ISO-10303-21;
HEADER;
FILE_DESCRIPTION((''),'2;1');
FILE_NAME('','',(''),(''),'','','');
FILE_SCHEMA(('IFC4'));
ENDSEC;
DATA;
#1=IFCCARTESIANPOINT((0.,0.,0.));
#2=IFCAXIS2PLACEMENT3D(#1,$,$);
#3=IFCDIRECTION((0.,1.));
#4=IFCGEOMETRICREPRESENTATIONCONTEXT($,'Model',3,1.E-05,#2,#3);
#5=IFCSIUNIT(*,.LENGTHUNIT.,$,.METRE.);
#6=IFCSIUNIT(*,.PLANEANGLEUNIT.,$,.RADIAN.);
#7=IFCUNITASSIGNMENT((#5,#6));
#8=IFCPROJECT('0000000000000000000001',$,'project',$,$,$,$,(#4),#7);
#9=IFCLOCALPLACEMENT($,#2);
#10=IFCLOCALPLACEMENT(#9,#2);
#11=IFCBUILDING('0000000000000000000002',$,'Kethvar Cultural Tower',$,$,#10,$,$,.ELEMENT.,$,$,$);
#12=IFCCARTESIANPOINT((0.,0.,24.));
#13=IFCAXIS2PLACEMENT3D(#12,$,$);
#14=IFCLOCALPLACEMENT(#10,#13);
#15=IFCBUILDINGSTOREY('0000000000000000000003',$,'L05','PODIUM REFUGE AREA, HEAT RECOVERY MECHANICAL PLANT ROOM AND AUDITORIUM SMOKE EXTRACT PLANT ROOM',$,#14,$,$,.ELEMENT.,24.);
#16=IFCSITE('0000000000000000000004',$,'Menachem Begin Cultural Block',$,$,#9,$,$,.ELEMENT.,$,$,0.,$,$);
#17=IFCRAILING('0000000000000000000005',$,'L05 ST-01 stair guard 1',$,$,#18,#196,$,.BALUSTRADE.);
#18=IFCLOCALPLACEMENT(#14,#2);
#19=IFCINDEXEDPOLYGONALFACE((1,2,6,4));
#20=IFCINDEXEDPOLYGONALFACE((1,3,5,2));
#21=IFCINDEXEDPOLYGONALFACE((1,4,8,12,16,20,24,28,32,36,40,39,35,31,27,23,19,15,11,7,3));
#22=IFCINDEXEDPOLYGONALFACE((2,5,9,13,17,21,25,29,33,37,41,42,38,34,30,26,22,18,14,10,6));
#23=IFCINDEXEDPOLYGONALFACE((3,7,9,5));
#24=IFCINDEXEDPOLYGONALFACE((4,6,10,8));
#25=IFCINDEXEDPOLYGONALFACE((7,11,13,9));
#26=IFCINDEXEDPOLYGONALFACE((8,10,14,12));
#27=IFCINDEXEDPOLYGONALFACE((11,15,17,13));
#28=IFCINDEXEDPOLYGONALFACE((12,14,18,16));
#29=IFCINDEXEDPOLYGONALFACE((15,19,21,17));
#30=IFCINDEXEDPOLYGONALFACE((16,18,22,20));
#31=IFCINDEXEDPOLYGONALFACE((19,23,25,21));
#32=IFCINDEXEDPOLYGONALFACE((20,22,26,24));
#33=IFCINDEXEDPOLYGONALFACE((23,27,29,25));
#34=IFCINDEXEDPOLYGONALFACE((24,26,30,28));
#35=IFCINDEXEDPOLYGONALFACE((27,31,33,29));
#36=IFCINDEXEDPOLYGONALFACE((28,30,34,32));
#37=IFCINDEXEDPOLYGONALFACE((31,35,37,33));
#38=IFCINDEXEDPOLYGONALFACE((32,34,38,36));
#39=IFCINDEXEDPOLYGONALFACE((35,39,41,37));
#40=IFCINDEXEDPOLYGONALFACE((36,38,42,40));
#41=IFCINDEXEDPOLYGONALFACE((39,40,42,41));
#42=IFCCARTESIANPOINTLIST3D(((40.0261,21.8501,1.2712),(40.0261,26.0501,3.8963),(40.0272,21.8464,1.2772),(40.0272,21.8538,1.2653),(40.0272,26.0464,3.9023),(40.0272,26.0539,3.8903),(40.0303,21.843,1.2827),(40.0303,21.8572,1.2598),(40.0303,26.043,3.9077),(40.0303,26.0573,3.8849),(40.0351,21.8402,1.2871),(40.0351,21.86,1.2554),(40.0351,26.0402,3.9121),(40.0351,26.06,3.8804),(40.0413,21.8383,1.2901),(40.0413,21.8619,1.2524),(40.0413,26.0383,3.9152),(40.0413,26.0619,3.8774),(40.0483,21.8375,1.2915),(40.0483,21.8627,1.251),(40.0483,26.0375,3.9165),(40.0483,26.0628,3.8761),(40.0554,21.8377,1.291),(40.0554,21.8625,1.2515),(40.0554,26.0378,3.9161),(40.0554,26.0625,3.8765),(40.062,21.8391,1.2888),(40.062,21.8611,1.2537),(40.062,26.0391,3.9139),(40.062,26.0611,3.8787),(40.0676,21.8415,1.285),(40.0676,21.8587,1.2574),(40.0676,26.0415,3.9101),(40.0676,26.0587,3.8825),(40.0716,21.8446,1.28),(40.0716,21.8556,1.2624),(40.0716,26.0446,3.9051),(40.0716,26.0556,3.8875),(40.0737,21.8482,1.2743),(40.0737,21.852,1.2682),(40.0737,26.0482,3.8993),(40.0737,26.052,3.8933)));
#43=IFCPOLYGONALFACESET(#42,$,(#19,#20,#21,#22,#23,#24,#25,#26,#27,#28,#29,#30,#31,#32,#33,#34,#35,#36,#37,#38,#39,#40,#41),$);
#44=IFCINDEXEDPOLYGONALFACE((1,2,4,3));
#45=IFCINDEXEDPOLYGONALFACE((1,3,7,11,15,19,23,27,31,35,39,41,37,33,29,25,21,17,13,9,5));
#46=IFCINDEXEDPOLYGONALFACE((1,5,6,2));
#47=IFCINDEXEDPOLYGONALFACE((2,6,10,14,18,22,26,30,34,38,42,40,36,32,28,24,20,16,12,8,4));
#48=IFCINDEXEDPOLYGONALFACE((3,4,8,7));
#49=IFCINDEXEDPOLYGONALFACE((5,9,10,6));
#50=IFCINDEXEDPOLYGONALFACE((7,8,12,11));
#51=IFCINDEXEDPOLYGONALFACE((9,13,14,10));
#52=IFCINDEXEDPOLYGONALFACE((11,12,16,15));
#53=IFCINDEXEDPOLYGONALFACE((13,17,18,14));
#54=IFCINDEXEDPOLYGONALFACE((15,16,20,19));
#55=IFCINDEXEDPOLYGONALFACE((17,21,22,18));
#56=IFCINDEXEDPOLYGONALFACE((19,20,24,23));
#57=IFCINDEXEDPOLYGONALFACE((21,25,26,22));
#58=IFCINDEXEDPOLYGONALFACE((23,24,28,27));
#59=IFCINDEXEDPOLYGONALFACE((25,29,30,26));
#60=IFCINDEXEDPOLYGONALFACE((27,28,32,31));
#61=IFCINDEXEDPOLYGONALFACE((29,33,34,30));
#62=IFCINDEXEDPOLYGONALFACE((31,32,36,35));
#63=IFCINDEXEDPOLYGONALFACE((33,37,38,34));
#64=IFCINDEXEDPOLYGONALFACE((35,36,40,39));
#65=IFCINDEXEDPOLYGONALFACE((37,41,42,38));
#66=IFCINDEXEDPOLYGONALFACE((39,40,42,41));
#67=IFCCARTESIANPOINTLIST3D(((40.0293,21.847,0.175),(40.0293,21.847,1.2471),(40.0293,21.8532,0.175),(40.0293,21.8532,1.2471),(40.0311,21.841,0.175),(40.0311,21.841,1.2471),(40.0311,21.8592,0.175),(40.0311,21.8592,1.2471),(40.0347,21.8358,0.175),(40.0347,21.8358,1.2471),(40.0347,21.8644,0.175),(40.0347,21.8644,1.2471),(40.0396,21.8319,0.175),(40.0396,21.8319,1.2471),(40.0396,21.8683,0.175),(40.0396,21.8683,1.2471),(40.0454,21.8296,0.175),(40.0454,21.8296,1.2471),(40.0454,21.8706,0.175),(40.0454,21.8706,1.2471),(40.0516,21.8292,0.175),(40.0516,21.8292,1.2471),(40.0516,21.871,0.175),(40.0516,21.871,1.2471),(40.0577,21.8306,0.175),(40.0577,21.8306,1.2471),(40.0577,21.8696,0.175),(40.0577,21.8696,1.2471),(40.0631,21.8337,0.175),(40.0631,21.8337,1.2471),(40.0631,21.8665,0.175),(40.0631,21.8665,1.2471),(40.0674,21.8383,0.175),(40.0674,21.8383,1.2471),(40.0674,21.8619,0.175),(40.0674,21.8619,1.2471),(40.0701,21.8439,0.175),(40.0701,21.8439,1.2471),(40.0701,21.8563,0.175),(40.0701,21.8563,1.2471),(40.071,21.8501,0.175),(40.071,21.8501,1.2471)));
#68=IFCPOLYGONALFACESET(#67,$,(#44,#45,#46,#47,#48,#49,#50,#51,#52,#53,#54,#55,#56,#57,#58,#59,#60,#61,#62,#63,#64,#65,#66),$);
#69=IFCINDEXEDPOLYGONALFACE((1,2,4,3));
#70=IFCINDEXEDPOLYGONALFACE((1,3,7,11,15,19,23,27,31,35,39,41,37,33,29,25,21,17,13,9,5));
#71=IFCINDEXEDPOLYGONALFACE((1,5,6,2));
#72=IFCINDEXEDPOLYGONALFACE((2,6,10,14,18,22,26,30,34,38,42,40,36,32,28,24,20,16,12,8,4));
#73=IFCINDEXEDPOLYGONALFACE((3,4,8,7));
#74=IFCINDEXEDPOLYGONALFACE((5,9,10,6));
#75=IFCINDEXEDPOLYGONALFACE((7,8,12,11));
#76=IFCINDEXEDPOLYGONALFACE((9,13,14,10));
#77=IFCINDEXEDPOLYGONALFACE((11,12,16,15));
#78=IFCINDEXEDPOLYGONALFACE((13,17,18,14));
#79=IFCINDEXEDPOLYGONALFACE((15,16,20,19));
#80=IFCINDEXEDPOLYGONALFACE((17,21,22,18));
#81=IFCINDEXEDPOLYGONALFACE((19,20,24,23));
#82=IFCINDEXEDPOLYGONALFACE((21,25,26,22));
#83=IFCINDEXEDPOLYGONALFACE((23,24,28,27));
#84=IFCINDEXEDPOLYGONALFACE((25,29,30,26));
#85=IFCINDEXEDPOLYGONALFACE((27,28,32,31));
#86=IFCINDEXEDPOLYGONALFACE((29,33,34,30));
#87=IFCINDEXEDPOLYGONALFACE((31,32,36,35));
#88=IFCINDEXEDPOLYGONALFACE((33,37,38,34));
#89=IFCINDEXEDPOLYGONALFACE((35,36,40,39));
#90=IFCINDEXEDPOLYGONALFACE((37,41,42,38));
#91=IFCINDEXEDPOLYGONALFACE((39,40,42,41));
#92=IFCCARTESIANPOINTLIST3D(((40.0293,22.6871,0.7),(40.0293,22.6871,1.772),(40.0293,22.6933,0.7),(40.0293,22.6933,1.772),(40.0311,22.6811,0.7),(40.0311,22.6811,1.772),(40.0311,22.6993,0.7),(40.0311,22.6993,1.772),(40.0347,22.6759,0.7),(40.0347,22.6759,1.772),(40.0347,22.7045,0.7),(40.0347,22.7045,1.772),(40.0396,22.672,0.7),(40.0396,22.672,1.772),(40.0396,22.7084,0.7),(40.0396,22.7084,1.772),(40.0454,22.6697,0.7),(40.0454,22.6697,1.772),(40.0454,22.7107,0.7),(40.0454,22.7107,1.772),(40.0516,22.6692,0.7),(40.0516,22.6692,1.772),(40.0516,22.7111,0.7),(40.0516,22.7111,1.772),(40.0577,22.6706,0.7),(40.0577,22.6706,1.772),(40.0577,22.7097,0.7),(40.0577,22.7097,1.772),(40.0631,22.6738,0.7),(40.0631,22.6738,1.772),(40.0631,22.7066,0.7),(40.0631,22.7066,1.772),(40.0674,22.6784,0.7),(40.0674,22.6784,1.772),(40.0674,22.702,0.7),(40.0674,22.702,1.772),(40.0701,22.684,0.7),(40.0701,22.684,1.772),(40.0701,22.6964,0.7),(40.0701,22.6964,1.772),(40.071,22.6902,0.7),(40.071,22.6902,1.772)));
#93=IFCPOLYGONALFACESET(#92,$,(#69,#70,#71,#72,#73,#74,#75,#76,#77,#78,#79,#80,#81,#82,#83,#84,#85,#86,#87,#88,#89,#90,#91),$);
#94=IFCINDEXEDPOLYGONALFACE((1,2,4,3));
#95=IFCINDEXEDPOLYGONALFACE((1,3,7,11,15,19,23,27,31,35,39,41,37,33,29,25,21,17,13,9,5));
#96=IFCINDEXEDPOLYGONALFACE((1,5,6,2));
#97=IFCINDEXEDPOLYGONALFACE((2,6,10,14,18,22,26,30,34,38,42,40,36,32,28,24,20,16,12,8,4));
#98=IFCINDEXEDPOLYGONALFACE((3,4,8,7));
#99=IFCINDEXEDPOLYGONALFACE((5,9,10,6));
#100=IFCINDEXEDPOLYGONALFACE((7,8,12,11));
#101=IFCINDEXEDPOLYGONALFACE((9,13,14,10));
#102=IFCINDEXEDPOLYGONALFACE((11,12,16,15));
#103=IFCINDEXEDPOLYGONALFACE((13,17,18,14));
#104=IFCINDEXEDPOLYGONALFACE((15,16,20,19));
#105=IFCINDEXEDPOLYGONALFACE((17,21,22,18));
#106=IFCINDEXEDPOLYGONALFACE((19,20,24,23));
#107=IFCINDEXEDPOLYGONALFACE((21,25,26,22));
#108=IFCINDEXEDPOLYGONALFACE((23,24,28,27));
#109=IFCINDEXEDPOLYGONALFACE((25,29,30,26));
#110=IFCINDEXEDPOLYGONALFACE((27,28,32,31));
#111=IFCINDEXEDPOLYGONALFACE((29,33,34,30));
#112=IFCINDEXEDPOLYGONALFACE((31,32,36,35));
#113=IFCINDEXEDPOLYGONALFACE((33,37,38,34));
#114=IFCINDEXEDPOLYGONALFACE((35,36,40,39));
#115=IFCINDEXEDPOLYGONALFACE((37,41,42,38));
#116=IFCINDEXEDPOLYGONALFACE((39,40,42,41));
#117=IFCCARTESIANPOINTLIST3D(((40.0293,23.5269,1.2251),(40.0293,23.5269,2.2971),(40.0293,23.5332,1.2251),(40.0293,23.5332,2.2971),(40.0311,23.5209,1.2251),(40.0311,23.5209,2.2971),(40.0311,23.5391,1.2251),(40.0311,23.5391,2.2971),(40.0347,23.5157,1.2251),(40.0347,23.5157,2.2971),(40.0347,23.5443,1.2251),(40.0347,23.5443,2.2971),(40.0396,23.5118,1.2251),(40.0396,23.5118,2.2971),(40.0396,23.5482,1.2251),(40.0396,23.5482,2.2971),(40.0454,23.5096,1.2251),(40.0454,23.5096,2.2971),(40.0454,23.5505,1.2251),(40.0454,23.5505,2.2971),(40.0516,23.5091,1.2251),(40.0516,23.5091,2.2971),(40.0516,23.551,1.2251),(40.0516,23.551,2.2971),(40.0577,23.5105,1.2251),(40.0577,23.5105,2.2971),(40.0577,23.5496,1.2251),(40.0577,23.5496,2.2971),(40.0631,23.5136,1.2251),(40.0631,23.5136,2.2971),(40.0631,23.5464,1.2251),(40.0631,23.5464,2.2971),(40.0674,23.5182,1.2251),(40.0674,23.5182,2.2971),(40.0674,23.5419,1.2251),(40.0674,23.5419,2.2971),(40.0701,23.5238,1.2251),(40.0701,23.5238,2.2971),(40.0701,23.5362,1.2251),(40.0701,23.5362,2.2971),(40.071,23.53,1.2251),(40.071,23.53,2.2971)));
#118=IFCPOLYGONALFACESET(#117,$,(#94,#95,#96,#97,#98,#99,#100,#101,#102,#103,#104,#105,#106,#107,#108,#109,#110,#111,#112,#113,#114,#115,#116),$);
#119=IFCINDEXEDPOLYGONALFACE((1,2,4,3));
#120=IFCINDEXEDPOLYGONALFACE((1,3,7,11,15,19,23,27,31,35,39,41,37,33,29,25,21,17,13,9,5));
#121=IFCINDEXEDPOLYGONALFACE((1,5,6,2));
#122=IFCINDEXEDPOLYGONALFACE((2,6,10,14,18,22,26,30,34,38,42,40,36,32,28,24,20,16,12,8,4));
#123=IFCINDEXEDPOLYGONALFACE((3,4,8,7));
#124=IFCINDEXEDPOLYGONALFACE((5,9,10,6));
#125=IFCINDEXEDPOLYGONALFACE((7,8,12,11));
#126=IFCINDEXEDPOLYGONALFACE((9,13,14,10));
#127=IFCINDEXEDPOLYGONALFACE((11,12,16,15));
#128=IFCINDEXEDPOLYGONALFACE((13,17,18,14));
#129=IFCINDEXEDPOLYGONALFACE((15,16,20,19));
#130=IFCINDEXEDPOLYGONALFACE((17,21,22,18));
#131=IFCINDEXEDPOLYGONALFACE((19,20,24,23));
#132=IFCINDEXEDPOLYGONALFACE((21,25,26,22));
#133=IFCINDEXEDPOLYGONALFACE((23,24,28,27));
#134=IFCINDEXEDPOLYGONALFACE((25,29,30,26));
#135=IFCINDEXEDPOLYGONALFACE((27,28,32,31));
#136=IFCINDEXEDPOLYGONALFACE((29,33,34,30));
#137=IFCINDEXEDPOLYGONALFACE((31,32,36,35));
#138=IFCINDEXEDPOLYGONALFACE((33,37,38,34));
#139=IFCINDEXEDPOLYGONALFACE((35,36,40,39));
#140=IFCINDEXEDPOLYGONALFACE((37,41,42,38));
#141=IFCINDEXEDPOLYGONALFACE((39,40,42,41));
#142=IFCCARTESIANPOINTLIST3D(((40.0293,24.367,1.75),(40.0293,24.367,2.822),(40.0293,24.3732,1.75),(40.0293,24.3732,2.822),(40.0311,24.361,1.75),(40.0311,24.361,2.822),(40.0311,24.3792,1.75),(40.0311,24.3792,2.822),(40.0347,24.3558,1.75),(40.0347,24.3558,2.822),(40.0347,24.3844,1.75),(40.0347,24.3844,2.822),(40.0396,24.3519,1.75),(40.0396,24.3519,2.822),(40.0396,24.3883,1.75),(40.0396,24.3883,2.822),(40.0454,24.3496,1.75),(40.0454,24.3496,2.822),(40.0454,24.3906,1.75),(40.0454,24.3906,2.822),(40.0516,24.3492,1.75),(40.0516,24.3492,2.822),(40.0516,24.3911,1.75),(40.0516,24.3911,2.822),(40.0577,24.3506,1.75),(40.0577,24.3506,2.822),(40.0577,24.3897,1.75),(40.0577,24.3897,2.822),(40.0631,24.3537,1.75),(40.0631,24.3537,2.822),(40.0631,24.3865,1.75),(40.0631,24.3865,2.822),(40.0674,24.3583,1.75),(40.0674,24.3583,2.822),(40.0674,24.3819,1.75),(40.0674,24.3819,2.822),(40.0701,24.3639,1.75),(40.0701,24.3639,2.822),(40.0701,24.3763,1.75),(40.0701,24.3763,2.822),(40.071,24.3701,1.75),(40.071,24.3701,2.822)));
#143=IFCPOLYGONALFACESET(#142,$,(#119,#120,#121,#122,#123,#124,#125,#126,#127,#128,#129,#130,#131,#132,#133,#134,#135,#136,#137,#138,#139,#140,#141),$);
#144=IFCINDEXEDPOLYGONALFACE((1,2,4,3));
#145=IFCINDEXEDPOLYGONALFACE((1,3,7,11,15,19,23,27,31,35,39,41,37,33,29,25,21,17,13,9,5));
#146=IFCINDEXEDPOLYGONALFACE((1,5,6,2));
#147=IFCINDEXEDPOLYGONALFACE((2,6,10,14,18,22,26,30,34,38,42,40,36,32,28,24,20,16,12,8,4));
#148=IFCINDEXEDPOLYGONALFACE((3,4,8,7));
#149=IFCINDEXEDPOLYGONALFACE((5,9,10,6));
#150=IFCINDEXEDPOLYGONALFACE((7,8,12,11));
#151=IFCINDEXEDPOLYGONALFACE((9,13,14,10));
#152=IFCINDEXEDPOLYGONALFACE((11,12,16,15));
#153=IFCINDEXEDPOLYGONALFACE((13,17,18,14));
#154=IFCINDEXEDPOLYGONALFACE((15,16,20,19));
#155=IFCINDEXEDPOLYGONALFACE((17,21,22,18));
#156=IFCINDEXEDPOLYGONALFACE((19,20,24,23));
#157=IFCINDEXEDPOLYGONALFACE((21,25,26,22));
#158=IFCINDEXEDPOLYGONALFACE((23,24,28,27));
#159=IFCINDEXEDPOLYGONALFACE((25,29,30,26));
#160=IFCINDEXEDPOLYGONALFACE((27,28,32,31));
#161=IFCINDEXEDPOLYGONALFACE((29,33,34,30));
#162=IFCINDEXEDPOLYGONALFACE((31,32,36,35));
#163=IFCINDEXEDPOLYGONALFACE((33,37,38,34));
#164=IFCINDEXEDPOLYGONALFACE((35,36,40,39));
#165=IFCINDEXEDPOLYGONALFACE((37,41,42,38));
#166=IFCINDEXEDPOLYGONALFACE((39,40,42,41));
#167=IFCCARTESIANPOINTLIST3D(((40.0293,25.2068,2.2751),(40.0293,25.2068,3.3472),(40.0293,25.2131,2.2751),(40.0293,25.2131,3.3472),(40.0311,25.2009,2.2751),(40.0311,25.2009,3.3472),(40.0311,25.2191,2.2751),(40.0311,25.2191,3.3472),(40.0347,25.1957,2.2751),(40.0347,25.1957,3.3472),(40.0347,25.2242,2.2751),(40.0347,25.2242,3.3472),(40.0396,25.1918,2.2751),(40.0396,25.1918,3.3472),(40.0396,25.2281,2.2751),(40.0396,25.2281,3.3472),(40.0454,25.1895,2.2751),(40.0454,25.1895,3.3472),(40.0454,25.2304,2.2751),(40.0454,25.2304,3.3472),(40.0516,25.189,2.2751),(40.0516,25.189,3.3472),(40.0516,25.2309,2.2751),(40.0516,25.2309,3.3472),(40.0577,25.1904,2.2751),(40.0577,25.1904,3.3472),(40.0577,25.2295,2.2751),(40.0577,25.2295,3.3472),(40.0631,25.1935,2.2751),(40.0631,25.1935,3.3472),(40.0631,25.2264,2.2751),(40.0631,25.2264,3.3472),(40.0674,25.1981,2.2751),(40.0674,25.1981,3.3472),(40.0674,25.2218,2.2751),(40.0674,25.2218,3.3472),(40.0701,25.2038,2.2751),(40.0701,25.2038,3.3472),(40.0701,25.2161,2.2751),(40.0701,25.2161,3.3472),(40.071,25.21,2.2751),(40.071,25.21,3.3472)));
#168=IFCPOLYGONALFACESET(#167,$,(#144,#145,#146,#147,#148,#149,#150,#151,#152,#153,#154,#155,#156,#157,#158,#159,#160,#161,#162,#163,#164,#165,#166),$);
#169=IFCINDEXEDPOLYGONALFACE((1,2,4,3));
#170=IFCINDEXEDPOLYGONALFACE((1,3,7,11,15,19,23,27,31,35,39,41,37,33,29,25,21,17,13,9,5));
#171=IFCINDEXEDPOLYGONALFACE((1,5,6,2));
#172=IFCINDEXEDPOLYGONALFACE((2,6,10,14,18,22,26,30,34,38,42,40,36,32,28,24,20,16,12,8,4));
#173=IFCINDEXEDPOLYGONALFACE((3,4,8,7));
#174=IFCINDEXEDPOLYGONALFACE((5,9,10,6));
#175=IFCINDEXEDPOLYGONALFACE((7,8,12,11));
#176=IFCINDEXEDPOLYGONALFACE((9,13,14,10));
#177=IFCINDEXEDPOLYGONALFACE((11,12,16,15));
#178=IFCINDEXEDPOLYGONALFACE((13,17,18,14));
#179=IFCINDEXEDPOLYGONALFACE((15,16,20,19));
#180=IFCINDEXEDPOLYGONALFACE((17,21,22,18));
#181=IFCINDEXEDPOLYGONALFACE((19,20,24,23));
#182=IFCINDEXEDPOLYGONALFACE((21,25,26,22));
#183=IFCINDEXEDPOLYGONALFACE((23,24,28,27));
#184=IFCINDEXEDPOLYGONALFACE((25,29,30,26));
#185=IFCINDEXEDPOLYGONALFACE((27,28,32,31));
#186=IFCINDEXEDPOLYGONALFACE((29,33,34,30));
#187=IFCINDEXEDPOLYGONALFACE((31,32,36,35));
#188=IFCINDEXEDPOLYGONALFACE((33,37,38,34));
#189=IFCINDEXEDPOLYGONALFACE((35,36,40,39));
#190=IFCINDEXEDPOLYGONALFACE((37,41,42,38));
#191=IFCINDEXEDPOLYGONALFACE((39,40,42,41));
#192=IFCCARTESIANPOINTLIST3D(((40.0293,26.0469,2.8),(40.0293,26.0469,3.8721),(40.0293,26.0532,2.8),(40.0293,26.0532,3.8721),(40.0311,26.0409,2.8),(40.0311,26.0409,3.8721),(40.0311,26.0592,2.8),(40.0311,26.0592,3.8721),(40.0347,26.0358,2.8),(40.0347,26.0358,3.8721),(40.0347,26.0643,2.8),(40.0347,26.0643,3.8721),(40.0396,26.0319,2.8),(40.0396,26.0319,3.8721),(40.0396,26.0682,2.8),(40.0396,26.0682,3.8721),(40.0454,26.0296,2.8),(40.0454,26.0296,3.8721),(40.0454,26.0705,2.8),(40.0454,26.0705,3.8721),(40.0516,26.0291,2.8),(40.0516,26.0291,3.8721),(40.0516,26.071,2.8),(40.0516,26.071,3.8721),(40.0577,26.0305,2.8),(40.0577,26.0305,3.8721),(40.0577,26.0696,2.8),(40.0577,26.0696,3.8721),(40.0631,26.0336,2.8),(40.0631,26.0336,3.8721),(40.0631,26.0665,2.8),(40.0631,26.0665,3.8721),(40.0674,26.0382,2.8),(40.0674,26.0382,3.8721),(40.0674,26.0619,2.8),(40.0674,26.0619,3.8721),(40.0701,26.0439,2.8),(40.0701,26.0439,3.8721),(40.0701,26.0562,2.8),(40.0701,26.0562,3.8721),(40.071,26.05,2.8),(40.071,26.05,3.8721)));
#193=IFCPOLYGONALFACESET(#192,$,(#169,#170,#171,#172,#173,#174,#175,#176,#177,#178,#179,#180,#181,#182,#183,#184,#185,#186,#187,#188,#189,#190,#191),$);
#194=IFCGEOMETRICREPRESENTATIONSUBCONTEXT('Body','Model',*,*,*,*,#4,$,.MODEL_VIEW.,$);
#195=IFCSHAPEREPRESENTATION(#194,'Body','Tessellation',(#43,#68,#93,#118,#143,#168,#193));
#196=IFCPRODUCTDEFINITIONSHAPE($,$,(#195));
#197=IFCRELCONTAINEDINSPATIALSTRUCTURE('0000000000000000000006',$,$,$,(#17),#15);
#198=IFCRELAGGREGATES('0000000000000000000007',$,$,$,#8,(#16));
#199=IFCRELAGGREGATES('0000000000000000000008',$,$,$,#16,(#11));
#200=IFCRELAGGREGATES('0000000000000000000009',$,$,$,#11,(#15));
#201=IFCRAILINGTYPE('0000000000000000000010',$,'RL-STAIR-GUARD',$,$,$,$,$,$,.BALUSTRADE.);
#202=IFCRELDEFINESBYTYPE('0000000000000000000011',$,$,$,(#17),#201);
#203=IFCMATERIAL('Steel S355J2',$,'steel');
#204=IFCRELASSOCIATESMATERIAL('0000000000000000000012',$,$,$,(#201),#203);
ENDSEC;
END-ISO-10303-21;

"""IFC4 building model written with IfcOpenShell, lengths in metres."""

from ifc_helpers import new_model, si_unit, direction, frame, origin, origin_2d, place, context, subcontext, project, spatial, circle, extrude, material, type_object, element, save


model = new_model("IFC4")

# Units and contexts
model_context = context("Model", 3, precision=1e-05, world=origin(), true_north=direction((0.0, 1.0)))
body_context = subcontext(model_context, "Body", "Model", "MODEL_VIEW")
ifc_project = project(units=[si_unit("LENGTHUNIT", "METRE"), si_unit("PLANEANGLEUNIT", "RADIAN")], contexts=[model_context])

# Site, building, storey
site_placement = place(None, origin())
site = spatial("IfcSite", under=ifc_project, at=site_placement, Name="Menachem Begin Cultural Block", CompositionType="ELEMENT", RefElevation=0.0)
building_placement = place(site_placement, origin())
building = spatial("IfcBuilding", under=site, at=building_placement, Name="Kethvar Cultural Tower", CompositionType="ELEMENT")
storey_placement = place(building_placement, frame((0.0, 0.0, 24.0)))
storey = spatial("IfcBuildingStorey", under=building, at=storey_placement, Name="L05", Description="PODIUM REFUGE AREA, HEAT RECOVERY MECHANICAL PLANT ROOM AND AUDITORIUM SMOKE EXTRACT PLANT ROOM", CompositionType="ELEMENT", Elevation=24.0)

# Shared definitions
ifc_material_1 = material(Name="Steel S355J2", Category="steel")

# Railing
railing_type_1 = type_object("IfcRailingType", Name="RL-STAIR-GUARD", PredefinedType="BALUSTRADE", material=ifc_material_1)
railing_1_placement = place(storey_placement, frame((40.05, 21.8501, 0.175)))
element("IfcRailing", 1, at=railing_1_placement, inside=storey, type_object=railing_type_1, Name="L05 ST-01 stair guard 1", PredefinedType="BALUSTRADE", context=body_context, shape_type="SweptSolid", body=[
    extrude(circle(Radius=0.0239, at=origin_2d()), frame((0.0, 0.0, 1.0962), z_axis=(0.0, 0.847996, 0.530003), x_axis=(-1.0, 0.0, 0.0)), (0.0, 0.0, 1.0), 4.9529),
    extrude(circle(Radius=0.021, at=origin_2d()), origin(), (0.0, 0.0, 1.0), 1.072),
    extrude(circle(Radius=0.021, at=origin_2d()), frame((0.0, 0.8401, 0.5249)), (0.0, 0.0, 1.0), 1.072),
    extrude(circle(Radius=0.021, at=origin_2d()), frame((0.0, 1.6799, 1.05)), (0.0, 0.0, 1.0), 1.072),
    extrude(circle(Radius=0.021, at=origin_2d()), frame((0.0, 2.52, 1.575)), (0.0, 0.0, 1.0), 1.072),
    extrude(circle(Radius=0.021, at=origin_2d()), frame((0.0, 3.3599, 2.1001)), (0.0, 0.0, 1.0), 1.072),
    extrude(circle(Radius=0.021, at=origin_2d()), frame((0.0, 4.2, 2.625)), (0.0, 0.0, 1.0), 1.072),
])

save(model, "model.ifc")
